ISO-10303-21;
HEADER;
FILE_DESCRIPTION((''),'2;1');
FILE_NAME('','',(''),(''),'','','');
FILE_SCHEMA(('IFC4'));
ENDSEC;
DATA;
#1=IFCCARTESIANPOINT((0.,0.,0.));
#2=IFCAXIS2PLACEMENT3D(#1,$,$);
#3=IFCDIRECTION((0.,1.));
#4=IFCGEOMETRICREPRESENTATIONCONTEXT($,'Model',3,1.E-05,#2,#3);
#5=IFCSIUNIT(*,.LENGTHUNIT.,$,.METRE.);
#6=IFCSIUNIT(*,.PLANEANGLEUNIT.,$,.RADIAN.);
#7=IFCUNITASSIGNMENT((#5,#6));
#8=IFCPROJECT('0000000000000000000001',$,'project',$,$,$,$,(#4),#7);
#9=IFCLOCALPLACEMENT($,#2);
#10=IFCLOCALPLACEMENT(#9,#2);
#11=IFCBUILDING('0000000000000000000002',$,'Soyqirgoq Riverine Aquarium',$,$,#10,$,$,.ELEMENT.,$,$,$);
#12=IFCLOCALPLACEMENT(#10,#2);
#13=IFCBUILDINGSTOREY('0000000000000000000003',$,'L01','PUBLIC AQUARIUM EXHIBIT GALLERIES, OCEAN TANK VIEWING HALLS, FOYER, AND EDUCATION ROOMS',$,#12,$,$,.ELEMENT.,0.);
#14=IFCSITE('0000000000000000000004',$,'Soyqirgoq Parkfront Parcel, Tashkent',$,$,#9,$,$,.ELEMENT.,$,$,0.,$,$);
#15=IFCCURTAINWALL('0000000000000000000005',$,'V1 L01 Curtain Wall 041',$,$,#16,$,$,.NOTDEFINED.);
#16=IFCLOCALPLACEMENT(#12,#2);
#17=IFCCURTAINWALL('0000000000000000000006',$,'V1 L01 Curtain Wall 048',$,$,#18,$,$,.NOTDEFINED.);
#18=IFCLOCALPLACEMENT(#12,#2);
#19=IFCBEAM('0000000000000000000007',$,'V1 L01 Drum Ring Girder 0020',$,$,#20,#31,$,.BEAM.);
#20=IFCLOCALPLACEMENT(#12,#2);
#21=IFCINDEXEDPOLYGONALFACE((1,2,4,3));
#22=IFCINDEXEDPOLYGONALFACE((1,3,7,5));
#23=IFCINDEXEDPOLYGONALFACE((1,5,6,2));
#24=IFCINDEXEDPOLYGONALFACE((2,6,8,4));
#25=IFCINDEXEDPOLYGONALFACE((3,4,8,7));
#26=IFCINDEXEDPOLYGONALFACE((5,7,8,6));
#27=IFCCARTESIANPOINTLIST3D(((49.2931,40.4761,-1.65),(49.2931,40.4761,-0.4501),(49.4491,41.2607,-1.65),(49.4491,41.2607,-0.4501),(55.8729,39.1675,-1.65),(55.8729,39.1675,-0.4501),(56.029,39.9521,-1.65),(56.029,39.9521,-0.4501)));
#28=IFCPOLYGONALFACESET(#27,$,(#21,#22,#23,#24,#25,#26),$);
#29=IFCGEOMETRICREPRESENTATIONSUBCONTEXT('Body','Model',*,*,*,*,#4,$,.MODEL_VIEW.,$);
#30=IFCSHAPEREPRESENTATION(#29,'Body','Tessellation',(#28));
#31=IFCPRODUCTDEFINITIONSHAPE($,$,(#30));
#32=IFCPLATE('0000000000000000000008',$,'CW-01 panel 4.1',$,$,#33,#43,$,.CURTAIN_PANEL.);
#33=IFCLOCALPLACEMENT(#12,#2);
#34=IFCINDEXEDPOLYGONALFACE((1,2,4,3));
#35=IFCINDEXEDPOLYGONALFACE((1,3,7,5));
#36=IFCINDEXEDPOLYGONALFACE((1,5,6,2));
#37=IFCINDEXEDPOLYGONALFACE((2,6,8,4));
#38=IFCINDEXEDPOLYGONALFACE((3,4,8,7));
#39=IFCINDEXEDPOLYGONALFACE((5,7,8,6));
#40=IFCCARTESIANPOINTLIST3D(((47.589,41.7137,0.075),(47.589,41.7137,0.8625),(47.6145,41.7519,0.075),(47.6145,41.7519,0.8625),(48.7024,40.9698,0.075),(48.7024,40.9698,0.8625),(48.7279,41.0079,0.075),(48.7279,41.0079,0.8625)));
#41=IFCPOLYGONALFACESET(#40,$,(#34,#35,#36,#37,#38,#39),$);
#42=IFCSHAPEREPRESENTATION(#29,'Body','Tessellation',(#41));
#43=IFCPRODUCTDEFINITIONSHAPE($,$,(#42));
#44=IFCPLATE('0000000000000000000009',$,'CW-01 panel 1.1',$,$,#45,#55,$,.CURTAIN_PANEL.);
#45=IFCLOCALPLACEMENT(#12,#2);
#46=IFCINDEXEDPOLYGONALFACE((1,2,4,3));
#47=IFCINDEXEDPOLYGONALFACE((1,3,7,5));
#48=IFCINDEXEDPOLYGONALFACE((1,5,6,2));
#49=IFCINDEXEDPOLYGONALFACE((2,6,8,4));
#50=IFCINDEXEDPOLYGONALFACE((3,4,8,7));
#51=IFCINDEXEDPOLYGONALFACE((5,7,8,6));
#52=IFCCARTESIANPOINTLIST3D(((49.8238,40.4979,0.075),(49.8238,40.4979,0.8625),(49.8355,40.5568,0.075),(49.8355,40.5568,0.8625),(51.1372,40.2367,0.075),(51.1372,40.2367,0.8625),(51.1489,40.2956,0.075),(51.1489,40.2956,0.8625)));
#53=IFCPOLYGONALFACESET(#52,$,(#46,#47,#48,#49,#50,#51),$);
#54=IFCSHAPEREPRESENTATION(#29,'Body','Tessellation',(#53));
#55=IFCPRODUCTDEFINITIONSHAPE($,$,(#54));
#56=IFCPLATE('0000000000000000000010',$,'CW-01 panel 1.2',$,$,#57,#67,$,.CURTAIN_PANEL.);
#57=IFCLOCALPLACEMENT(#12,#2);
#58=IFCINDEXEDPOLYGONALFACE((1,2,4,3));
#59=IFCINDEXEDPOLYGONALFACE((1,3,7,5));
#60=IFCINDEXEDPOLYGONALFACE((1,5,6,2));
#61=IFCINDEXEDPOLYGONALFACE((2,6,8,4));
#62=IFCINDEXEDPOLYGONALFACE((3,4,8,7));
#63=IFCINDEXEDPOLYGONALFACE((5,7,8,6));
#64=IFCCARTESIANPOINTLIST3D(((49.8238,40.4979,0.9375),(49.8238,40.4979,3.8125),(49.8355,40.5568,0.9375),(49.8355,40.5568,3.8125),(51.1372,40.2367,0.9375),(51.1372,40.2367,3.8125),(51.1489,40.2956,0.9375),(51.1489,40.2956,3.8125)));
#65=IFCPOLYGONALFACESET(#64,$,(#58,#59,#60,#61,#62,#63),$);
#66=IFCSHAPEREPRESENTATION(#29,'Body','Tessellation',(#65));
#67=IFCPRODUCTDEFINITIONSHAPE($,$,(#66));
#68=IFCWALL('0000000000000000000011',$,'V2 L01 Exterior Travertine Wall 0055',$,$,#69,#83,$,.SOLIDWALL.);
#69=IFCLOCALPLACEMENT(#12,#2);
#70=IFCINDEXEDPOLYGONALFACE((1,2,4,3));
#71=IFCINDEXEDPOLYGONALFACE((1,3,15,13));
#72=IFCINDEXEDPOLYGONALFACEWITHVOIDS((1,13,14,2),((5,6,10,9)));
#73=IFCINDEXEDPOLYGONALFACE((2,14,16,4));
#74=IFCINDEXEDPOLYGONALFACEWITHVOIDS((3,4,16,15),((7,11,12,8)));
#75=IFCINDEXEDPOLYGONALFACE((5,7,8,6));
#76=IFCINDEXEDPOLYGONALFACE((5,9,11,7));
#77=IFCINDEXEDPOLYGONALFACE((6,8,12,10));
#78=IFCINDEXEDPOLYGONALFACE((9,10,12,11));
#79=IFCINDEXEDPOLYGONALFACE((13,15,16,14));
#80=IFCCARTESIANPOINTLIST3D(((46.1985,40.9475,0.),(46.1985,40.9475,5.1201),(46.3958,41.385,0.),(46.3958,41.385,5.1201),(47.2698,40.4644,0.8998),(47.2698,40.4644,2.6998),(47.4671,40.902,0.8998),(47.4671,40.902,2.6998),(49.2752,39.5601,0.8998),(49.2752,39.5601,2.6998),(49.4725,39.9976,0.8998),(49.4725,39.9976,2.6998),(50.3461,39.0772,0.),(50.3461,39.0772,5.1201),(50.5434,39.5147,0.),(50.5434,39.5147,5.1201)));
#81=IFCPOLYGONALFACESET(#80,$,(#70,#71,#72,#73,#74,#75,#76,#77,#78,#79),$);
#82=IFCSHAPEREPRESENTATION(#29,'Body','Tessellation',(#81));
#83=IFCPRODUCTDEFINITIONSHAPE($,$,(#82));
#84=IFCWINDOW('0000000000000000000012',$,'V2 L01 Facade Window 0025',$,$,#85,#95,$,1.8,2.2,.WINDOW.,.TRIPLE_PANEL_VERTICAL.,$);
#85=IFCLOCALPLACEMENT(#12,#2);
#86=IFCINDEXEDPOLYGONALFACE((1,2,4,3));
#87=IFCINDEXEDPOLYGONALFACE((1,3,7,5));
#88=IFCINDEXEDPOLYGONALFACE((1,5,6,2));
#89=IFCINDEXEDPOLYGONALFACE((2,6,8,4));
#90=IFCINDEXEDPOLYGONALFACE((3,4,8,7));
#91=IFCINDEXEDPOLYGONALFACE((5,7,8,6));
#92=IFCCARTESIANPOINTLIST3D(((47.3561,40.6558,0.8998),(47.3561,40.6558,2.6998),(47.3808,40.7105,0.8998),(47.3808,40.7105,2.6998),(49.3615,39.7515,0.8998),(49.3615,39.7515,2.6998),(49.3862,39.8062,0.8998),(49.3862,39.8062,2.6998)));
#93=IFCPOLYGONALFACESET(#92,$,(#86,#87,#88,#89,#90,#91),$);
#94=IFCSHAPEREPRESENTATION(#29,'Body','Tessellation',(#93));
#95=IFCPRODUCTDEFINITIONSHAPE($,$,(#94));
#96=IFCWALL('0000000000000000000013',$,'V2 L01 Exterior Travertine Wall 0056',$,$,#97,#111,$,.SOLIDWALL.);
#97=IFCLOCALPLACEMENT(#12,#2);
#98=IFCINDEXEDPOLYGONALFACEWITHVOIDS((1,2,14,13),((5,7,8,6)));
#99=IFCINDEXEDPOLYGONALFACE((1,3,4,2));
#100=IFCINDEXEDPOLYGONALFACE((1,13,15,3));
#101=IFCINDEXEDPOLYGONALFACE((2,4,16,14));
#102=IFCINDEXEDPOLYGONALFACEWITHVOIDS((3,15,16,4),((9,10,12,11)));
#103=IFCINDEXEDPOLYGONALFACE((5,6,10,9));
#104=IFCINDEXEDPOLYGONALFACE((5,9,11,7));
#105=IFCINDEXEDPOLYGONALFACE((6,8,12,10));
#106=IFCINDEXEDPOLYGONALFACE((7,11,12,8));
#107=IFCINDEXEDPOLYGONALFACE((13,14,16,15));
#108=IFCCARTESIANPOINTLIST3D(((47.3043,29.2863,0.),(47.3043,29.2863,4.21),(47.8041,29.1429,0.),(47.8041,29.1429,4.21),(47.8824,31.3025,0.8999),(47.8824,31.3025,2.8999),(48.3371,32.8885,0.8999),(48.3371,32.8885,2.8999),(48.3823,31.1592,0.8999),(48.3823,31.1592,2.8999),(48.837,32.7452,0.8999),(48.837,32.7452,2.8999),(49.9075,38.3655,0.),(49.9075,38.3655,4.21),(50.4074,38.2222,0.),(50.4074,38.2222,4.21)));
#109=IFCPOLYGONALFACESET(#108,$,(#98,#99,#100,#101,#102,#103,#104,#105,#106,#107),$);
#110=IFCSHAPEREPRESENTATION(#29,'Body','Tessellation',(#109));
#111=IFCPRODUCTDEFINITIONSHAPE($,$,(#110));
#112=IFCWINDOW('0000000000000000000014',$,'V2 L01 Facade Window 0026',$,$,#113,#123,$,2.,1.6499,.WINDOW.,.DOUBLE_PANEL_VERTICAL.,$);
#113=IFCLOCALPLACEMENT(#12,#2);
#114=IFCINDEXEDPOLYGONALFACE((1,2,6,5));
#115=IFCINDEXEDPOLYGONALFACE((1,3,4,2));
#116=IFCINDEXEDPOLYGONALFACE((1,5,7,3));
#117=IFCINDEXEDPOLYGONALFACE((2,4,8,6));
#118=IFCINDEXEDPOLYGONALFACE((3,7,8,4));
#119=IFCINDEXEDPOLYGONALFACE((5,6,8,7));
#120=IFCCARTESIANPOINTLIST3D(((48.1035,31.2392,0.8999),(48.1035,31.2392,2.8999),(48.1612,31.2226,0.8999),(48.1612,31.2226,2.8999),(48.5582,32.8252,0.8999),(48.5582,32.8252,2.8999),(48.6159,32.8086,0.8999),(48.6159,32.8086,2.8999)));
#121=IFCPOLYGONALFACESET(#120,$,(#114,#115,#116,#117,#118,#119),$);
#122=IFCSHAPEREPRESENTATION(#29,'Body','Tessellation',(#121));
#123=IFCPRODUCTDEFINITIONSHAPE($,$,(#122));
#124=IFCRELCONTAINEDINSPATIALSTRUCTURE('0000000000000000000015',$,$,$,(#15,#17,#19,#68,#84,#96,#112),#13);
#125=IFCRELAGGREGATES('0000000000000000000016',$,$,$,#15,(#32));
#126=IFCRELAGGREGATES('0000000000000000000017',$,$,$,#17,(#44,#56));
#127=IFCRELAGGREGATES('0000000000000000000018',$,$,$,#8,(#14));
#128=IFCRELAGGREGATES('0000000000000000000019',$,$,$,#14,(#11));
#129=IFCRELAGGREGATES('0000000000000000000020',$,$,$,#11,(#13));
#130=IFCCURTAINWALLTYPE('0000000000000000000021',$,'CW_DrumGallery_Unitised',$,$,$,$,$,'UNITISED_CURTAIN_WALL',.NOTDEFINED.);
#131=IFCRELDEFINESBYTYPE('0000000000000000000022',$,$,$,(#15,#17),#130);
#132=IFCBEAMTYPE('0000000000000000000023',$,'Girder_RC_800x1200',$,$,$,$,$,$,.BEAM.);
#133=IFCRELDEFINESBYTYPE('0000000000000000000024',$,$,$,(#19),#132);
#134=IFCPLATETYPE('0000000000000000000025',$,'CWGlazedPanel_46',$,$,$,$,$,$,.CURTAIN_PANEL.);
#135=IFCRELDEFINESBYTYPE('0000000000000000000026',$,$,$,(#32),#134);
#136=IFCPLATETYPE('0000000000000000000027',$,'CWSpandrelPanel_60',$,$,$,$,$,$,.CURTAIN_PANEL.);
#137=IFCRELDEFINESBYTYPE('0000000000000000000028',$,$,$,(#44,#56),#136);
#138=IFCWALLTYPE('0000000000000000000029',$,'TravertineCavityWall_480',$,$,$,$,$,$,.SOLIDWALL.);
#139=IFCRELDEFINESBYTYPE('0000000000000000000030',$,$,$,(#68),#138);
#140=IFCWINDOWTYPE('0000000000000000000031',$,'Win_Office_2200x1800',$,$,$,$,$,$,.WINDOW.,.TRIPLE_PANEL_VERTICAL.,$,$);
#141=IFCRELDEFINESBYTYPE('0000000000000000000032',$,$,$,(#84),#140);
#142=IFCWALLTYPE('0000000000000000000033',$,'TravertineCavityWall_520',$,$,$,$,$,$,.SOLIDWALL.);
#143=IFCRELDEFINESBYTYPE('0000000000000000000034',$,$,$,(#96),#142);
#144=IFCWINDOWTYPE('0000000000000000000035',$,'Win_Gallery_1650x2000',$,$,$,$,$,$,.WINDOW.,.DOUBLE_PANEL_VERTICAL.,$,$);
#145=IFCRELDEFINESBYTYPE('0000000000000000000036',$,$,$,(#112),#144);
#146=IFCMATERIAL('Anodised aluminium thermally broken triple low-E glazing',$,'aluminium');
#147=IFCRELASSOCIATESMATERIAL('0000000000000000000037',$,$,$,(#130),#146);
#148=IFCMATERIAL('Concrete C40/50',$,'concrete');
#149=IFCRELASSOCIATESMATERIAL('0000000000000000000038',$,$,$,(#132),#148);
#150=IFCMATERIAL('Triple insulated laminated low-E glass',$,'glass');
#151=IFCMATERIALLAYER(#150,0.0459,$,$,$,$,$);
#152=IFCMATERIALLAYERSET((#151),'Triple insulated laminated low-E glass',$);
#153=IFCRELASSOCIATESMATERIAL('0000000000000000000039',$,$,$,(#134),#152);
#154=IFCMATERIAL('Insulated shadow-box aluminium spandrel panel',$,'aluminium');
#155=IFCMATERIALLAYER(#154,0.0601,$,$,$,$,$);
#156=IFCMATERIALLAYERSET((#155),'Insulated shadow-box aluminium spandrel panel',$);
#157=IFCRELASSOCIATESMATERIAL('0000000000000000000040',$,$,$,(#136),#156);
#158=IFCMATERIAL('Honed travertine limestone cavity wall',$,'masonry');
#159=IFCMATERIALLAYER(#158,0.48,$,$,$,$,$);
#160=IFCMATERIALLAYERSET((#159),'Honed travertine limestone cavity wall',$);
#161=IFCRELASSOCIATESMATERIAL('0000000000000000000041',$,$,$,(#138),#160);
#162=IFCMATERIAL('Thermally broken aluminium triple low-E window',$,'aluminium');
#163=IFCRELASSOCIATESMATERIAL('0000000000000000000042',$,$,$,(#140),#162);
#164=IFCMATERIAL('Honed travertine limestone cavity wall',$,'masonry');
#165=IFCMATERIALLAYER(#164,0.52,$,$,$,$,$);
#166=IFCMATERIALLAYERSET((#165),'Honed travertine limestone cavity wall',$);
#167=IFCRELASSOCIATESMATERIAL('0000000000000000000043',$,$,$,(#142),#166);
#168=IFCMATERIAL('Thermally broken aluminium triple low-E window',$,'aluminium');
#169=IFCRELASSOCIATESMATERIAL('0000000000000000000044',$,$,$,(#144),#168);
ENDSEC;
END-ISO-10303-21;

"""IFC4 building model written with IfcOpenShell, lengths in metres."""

from ifc_helpers import new_model, si_unit, direction, frame, frame_2d, origin, origin_2d, place, context, subcontext, project, spatial, rectangle, extrude, material, layer, layer_set, material_profile, profile_set, type_object, element, fill, aggregate, save


model = new_model("IFC4")

# Units and contexts
model_context = context("Model", 3, precision=1e-05, world=origin(), true_north=direction((0.0, 1.0)))
body_context = subcontext(model_context, "Body", "Model", "MODEL_VIEW")
ifc_project = project(units=[si_unit("LENGTHUNIT", "METRE"), si_unit("PLANEANGLEUNIT", "RADIAN")], contexts=[model_context])

# Site, building, storey
site_placement = place(None, origin())
site = spatial("IfcSite", under=ifc_project, at=site_placement, Name="Soyqirgoq Parkfront Parcel, Tashkent", CompositionType="ELEMENT", RefElevation=0.0)
building_placement = place(site_placement, origin())
building = spatial("IfcBuilding", under=site, at=building_placement, Name="Soyqirgoq Riverine Aquarium", CompositionType="ELEMENT")
storey_placement = place(building_placement, origin())
storey = spatial("IfcBuildingStorey", under=building, at=storey_placement, Name="L01", Description="PUBLIC AQUARIUM EXHIBIT GALLERIES, OCEAN TANK VIEWING HALLS, FOYER, AND EDUCATION ROOMS", CompositionType="ELEMENT", Elevation=0.0)

# Curtain wall
ifc_material_1 = material(Name="Anodised aluminium thermally broken triple low-E glazing", Category="aluminium")
curtain_wall_type = type_object("IfcCurtainWallType", Name="CW_DrumGallery_Unitised", ElementType="UNITISED_CURTAIN_WALL", PredefinedType="NOTDEFINED", material=ifc_material_1)
curtain_wall_1_placement = place(storey_placement, origin())
curtain_wall_1 = element("IfcCurtainWall", 1, at=curtain_wall_1_placement, inside=storey, type_object=curtain_wall_type, Name="V1 L01 Curtain Wall 041", PredefinedType="NOTDEFINED")

# Curtain wall
curtain_wall_2_placement = place(storey_placement, origin())
curtain_wall_2 = element("IfcCurtainWall", 2, at=curtain_wall_2_placement, inside=storey, type_object=curtain_wall_type, Name="V1 L01 Curtain Wall 048", PredefinedType="NOTDEFINED")

# Beam
ifc_material_2 = material(Name="Concrete C40/50", Category="concrete")
ifc_material_profile_1 = material_profile(ifc_material_2, rectangle(XDim=0.8, YDim=1.2, at=origin_2d()), Name="RC 800x1200")
ifc_profile_set_1 = profile_set([ifc_material_profile_1], Name="Concrete C40/50")
beam_type_1 = type_object("IfcBeamType", Name="Girder_RC_800x1200", PredefinedType="BEAM", material=ifc_profile_set_1)
beam_1_placement = place(storey_placement, frame((49.3711, 40.8684, -1.05), z_axis=(0.980791, -0.195059, 0.0), x_axis=(0.195059, 0.980791, 0.0)))
element("IfcBeam", 3, at=beam_1_placement, inside=storey, type_object=beam_type_1, Name="V1 L01 Drum Ring Girder 0020", PredefinedType="BEAM", context=body_context, shape_type="SweptSolid", body=[
    extrude(rectangle(XDim=0.8, YDim=1.2, at=origin_2d()), origin(), (0.0, 0.0, 1.0), 6.7087),
])

# Plates
ifc_material_3 = material(Name="Triple insulated laminated low-E glass", Category="glass")
ifc_layer_1 = layer(ifc_material_3, 0.0459)
ifc_layer_set_1 = layer_set([ifc_layer_1], Name="Triple insulated laminated low-E glass")
plate_type_1 = type_object("IfcPlateType", Name="CWGlazedPanel_46", PredefinedType="CURTAIN_PANEL", material=ifc_layer_set_1)
plate_1_placement = place(storey_placement, frame((48.1584, 41.3608, 0.075), z_axis=(0.0, 0.0, 1.0), x_axis=(0.831467, -0.555574, 0.0)))
plate_1 = element("IfcPlate", 4, at=plate_1_placement, type_object=plate_type_1, Name="CW-01 panel 4.1", PredefinedType="CURTAIN_PANEL", context=body_context, shape_type="SweptSolid", body=[
    extrude(rectangle(XDim=1.3391, YDim=0.0459, at=origin_2d()), origin(), (0.0, 0.0, 1.0), 0.7876),
])
aggregate(curtain_wall_1, [plate_1])
ifc_material_4 = material(Name="Insulated shadow-box aluminium spandrel panel", Category="aluminium")
ifc_layer_2 = layer(ifc_material_4, 0.0601)
ifc_layer_set_2 = layer_set([ifc_layer_2], Name="Insulated shadow-box aluminium spandrel panel")
plate_type_2 = type_object("IfcPlateType", Name="CWSpandrelPanel_60", PredefinedType="CURTAIN_PANEL", material=ifc_layer_set_2)
plate_2_placement = place(storey_placement, frame((50.4863, 40.3967, 0.075), z_axis=(0.0, 0.0, 1.0), x_axis=(0.980788, -0.195075, 0.0)))
plate_2 = element("IfcPlate", 5, at=plate_2_placement, type_object=plate_type_2, Name="CW-01 panel 1.1", PredefinedType="CURTAIN_PANEL", context=body_context, shape_type="SweptSolid", body=[
    extrude(rectangle(XDim=1.3391, YDim=0.0601, at=origin_2d()), origin(), (0.0, 0.0, 1.0), 0.7876),
])
plate_3_placement = place(storey_placement, frame((50.4863, 40.3967, 0.9375), z_axis=(0.0, 0.0, 1.0), x_axis=(0.980788, -0.195075, 0.0)))
plate_3 = element("IfcPlate", 6, at=plate_3_placement, type_object=plate_type_2, Name="CW-01 panel 1.2", PredefinedType="CURTAIN_PANEL", context=body_context, shape_type="SweptSolid", body=[
    extrude(rectangle(XDim=1.3391, YDim=0.0601, at=origin_2d()), origin(), (0.0, 0.0, 1.0), 2.875),
])
aggregate(curtain_wall_2, [plate_2, plate_3])

# Walls, openings, windows
ifc_material_5 = material(Name="Honed travertine limestone cavity wall", Category="masonry")
ifc_layer_3 = layer(ifc_material_5, 0.48)
ifc_layer_set_3 = layer_set([ifc_layer_3], Name="Honed travertine limestone cavity wall")
wall_type_1 = type_object("IfcWallType", Name="TravertineCavityWall_480", PredefinedType="SOLIDWALL", material=ifc_layer_set_3)
wall_1_placement = place(storey_placement, frame((46.2971, 41.1663, 0.0), z_axis=(0.0, 0.0, 1.0), x_axis=(0.911601, -0.411076, 0.0)))
wall_1 = element("IfcWall", 7, at=wall_1_placement, inside=storey, type_object=wall_type_1, Name="V2 L01 Exterior Travertine Wall 0055", PredefinedType="SOLIDWALL", context=body_context, shape_type="SweptSolid", body=[
    extrude(rectangle(XDim=4.5498, YDim=0.48, at=frame_2d((2.2749, 0.0))), origin(), (0.0, 0.0, 1.0), 5.1201),
])
opening_1_placement = place(wall_1_placement, frame((1.175, 0.0, 0.8999)))
opening_1 = element("IfcOpeningElement", 8, at=opening_1_placement, cuts=wall_1, PredefinedType="OPENING", context=body_context, shape_type="SweptSolid", body=[
    extrude(rectangle(XDim=2.2, YDim=1.8, at=frame_2d((1.1001, 0.8999))), frame((0.0, 0.25, 0.0), z_axis=(0.0, -1.0, 0.0), x_axis=(1.0, 0.0, 0.0)), (0.0, 0.0, 1.0), 0.5),
])
ifc_material_6 = material(Name="Thermally broken aluminium triple low-E window", Category="aluminium")
window_type_1 = type_object("IfcWindowType", Name="Win_Office_2200x1800", PartitioningType="TRIPLE_PANEL_VERTICAL", PredefinedType="WINDOW", material=ifc_material_6)
window_1_placement = place(opening_1_placement, origin())
window_1 = element("IfcWindow", 9, at=window_1_placement, inside=storey, type_object=window_type_1, Name="V2 L01 Facade Window 0025", OverallHeight=1.8, OverallWidth=2.2, PartitioningType="TRIPLE_PANEL_VERTICAL", PredefinedType="WINDOW", context=body_context, shape_type="SweptSolid", body=[
    extrude(rectangle(XDim=2.2, YDim=1.8, at=frame_2d((1.1001, 0.8999))), frame((0.0, 0.03, 0.0), z_axis=(0.0, -1.0, 0.0), x_axis=(1.0, 0.0, 0.0)), (0.0, 0.0, 1.0), 0.0601),
])
fill(opening_1, window_1)
ifc_material_7 = material(Name="Honed travertine limestone cavity wall", Category="masonry")
ifc_layer_4 = layer(ifc_material_7, 0.52)
ifc_layer_set_4 = layer_set([ifc_layer_4], Name="Honed travertine limestone cavity wall")
wall_type_2 = type_object("IfcWallType", Name="TravertineCavityWall_520", PredefinedType="SOLIDWALL", material=ifc_layer_set_4)
wall_2_placement = place(storey_placement, frame((50.1575, 38.2939, 0.0), z_axis=(0.0, 0.0, 1.0), x_axis=(-0.275619, -0.961267, 0.0)))
wall_2 = element("IfcWall", 10, at=wall_2_placement, inside=storey, type_object=wall_type_2, Name="V2 L01 Exterior Travertine Wall 0056", PredefinedType="SOLIDWALL", context=body_context, shape_type="SweptSolid", body=[
    extrude(rectangle(XDim=9.4451, YDim=0.52, at=frame_2d((4.7227, 0.0))), origin(), (0.0, 0.0, 1.0), 4.21),
])
opening_2_placement = place(wall_2_placement, frame((5.6978, 0.0, 0.8999)))
opening_2 = element("IfcOpeningElement", 11, at=opening_2_placement, cuts=wall_2, PredefinedType="OPENING", context=body_context, shape_type="SweptSolid", body=[
    extrude(rectangle(XDim=1.6499, YDim=2.0, at=frame_2d((0.825, 1.0))), frame((0.0, 0.27, 0.0), z_axis=(0.0, -1.0, 0.0), x_axis=(1.0, 0.0, 0.0)), (0.0, 0.0, 1.0), 0.54),
])
ifc_material_8 = material(Name="Thermally broken aluminium triple low-E window", Category="aluminium")
window_type_2 = type_object("IfcWindowType", Name="Win_Gallery_1650x2000", PartitioningType="DOUBLE_PANEL_VERTICAL", PredefinedType="WINDOW", material=ifc_material_8)
window_2_placement = place(opening_2_placement, origin())
window_2 = element("IfcWindow", 12, at=window_2_placement, inside=storey, type_object=window_type_2, Name="V2 L01 Facade Window 0026", OverallHeight=2.0, OverallWidth=1.6499, PartitioningType="DOUBLE_PANEL_VERTICAL", PredefinedType="WINDOW", context=body_context, shape_type="SweptSolid", body=[
    extrude(rectangle(XDim=1.6499, YDim=2.0, at=frame_2d((0.825, 1.0))), frame((0.0, 0.03, 0.0), z_axis=(0.0, -1.0, 0.0), x_axis=(1.0, 0.0, 0.0)), (0.0, 0.0, 1.0), 0.0601),
])
fill(opening_2, window_2)

save(model, "model.ifc")
